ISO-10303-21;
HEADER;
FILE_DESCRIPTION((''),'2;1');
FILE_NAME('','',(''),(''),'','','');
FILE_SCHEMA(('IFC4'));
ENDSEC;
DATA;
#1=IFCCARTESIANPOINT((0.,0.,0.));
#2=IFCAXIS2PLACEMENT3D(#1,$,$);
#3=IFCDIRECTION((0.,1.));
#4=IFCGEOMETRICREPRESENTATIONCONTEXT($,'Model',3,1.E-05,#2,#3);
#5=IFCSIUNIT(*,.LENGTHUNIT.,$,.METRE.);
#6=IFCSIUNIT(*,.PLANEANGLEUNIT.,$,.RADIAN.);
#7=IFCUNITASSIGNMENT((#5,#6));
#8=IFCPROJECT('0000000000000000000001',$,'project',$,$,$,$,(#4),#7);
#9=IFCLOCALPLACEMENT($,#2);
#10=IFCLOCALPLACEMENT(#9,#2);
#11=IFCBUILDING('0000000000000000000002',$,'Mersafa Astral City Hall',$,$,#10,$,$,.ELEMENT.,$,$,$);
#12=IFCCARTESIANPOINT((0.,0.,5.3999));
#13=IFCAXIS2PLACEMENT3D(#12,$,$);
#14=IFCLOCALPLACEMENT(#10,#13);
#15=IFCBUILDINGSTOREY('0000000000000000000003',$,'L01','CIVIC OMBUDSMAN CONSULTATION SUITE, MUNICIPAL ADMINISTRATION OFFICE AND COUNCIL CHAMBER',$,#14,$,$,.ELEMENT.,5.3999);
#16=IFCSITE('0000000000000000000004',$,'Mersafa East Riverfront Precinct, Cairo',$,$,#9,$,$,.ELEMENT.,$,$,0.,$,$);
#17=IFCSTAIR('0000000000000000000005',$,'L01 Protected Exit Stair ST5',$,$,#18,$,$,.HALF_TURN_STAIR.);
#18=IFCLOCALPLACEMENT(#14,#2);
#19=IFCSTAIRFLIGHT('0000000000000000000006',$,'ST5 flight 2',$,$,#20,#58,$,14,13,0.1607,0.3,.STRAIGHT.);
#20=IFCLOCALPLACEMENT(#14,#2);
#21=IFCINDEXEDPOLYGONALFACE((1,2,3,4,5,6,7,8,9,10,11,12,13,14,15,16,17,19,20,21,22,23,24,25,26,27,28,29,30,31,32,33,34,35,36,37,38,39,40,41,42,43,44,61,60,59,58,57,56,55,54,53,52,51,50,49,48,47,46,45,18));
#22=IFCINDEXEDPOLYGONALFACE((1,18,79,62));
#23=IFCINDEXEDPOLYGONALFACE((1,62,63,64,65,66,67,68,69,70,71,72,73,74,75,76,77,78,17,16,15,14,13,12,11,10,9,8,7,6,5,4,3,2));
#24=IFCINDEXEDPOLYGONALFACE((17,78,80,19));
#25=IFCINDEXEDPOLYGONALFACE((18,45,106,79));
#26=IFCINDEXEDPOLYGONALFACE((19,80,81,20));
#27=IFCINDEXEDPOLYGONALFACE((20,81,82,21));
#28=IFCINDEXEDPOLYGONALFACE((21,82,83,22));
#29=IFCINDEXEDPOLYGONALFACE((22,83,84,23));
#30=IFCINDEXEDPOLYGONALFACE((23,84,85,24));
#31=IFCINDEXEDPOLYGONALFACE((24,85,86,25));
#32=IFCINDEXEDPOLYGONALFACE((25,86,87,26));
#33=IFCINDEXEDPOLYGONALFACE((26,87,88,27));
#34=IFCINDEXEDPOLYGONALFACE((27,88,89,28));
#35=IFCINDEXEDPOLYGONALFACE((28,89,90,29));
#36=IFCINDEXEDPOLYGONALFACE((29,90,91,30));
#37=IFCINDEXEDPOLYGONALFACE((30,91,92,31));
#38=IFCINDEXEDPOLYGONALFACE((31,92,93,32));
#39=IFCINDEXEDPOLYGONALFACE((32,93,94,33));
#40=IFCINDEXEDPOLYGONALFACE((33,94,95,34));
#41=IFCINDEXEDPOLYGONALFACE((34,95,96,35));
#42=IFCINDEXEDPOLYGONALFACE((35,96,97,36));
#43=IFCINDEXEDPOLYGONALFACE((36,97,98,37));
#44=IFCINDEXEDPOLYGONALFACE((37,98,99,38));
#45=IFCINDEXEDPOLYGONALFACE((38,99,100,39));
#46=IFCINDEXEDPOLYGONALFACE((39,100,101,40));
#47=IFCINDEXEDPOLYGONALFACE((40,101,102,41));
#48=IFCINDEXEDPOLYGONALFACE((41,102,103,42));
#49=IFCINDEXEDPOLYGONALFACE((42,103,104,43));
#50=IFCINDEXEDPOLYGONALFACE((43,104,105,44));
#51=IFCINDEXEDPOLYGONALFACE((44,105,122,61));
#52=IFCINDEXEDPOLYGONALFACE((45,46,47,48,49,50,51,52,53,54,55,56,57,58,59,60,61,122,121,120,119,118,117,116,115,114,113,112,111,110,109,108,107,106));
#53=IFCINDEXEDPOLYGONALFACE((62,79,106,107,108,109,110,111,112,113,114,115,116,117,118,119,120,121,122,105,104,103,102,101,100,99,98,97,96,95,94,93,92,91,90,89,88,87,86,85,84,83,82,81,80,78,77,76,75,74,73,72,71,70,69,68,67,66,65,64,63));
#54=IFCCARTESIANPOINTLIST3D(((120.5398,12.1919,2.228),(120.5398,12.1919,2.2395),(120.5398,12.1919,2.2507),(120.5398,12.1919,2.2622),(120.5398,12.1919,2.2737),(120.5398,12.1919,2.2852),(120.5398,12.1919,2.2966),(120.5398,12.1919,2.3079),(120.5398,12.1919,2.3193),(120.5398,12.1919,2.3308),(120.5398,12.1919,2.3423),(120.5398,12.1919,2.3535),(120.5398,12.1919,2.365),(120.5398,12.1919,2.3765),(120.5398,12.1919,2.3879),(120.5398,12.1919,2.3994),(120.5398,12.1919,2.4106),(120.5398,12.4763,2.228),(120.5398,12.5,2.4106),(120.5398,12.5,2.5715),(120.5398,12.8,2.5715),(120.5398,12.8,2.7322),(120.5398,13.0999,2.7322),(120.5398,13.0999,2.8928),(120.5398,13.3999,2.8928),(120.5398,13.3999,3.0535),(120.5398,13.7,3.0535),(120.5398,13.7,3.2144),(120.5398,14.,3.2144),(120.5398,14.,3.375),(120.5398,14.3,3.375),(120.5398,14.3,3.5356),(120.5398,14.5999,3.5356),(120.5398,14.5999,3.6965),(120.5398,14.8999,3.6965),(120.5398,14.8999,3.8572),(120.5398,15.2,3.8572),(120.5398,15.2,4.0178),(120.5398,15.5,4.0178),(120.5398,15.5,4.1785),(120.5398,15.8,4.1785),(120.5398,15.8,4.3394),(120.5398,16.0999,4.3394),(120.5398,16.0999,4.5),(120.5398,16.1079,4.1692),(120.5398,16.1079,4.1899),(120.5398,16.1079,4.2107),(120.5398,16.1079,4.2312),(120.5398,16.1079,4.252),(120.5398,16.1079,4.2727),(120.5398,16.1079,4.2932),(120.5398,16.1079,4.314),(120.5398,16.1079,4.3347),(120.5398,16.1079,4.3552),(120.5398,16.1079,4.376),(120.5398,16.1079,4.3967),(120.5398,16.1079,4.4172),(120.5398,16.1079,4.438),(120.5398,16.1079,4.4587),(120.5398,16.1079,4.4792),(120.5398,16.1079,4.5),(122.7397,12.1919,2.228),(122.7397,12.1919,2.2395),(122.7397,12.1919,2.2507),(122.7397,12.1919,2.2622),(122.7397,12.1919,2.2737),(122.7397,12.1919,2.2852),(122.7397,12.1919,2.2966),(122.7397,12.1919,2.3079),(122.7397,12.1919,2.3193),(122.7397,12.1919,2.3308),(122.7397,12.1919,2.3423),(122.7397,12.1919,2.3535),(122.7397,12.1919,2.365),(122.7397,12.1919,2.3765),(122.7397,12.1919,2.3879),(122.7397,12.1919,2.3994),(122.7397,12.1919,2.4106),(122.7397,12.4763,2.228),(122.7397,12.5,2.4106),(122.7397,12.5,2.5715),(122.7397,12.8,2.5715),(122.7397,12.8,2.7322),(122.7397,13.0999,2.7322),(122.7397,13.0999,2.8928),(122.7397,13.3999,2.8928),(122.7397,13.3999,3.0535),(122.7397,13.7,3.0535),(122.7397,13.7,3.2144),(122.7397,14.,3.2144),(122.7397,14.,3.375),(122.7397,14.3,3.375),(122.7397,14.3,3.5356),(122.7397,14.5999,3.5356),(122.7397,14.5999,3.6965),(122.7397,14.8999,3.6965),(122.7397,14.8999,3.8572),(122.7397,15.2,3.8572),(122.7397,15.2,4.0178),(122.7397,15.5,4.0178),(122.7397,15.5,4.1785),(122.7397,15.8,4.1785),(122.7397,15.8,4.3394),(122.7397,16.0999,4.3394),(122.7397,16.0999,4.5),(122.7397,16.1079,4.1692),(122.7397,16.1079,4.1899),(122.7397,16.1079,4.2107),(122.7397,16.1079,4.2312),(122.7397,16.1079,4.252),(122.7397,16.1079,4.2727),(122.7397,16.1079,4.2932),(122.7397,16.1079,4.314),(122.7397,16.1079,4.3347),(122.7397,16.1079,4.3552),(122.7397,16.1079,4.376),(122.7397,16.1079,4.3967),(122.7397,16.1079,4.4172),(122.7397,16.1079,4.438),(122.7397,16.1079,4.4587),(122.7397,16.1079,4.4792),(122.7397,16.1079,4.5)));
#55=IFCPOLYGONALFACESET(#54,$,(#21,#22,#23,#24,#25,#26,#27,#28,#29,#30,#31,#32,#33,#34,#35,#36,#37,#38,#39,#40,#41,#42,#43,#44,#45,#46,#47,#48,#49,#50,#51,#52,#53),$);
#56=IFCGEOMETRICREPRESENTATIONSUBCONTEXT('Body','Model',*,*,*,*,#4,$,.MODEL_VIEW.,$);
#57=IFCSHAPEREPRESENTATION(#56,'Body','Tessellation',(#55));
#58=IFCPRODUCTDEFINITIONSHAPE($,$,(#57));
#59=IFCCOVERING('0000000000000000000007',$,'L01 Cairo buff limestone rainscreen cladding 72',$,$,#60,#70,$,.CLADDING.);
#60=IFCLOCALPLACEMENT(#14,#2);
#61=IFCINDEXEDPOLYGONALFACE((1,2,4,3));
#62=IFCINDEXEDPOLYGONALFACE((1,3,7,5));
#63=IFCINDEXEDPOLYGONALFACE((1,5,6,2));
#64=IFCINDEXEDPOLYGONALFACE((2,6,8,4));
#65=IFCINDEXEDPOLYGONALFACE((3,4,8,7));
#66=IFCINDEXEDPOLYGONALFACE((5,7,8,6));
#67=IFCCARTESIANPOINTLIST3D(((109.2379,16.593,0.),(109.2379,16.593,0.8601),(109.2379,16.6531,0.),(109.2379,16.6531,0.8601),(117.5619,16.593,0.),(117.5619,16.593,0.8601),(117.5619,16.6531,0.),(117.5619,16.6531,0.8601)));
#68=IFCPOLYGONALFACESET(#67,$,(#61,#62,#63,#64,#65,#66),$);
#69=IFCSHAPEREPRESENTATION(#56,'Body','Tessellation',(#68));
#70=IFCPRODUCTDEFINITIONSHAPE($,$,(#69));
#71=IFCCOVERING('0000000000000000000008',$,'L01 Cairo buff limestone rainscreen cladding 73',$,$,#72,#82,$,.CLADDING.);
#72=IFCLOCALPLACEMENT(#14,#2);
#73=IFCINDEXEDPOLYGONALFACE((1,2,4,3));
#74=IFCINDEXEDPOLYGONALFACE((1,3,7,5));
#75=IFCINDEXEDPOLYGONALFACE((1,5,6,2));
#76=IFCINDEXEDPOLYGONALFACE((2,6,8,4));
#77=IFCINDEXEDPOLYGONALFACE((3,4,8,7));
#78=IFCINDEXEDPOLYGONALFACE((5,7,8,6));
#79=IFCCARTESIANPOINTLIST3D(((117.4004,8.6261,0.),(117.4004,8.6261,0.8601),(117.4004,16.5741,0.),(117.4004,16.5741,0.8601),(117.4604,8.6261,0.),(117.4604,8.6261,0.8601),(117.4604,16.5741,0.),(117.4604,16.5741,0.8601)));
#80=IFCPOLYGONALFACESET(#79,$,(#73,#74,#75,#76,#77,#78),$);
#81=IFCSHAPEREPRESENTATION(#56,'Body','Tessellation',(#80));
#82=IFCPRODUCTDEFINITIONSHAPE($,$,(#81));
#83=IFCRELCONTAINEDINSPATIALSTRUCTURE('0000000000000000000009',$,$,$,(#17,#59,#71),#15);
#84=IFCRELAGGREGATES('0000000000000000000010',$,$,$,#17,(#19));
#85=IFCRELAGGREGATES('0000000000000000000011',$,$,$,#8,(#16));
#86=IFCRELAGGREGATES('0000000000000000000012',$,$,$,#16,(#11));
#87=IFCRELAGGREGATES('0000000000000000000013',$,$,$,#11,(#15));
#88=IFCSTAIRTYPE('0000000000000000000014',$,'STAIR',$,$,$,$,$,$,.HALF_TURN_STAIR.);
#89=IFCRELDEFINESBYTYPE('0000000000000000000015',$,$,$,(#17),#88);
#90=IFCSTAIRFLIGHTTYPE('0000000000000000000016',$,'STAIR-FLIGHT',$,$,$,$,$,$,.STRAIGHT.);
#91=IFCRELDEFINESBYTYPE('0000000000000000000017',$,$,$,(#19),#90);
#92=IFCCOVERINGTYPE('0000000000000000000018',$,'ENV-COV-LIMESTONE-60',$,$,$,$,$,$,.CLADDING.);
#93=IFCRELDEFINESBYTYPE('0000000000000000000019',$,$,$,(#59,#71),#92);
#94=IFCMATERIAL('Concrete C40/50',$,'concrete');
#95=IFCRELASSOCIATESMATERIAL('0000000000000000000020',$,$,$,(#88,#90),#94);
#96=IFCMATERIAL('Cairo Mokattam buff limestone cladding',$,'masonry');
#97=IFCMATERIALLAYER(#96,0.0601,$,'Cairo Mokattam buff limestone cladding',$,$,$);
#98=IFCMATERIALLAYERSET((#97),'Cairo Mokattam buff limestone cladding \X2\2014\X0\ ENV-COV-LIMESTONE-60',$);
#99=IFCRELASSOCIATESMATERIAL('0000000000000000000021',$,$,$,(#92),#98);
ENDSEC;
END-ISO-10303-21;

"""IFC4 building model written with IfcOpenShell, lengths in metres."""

from ifc_helpers import new_model, si_unit, direction, frame, origin, origin_2d, place, context, subcontext, project, spatial, polyline, rectangle, outline, extrude, material, layer, layer_set, type_object, element, aggregate, save


model = new_model("IFC4")

# Units and contexts
model_context = context("Model", 3, precision=1e-05, world=origin(), true_north=direction((0.0, 1.0)))
body_context = subcontext(model_context, "Body", "Model", "MODEL_VIEW")
ifc_project = project(units=[si_unit("LENGTHUNIT", "METRE"), si_unit("PLANEANGLEUNIT", "RADIAN")], contexts=[model_context])

# Site, building, storey
site_placement = place(None, origin())
site = spatial("IfcSite", under=ifc_project, at=site_placement, Name="Mersafa East Riverfront Precinct, Cairo", CompositionType="ELEMENT", RefElevation=0.0)
building_placement = place(site_placement, origin())
building = spatial("IfcBuilding", under=site, at=building_placement, Name="Mersafa Astral City Hall", CompositionType="ELEMENT")
storey_placement = place(building_placement, frame((0.0, 0.0, 5.3999)))
storey = spatial("IfcBuildingStorey", under=building, at=storey_placement, Name="L01", Description="CIVIC OMBUDSMAN CONSULTATION SUITE, MUNICIPAL ADMINISTRATION OFFICE AND COUNCIL CHAMBER", CompositionType="ELEMENT", Elevation=5.3999)

# Shared definitions
ifc_material_1 = material(Name="Concrete C40/50", Category="concrete")

# Stair, stair flight
stair_type = type_object("IfcStairType", Name="STAIR", PredefinedType="HALF_TURN_STAIR", material=ifc_material_1)
stair_placement = place(storey_placement, origin())
stair = element("IfcStair", 1, at=stair_placement, inside=storey, type_object=stair_type, Name="L01 Protected Exit Stair ST5", PredefinedType="HALF_TURN_STAIR")
stair_flight_type = type_object("IfcStairFlightType", Name="STAIR-FLIGHT", PredefinedType="STRAIGHT", material=ifc_material_1)
stair_flight_1_placement = place(storey_placement, frame((121.6399, 12.2, 2.25), z_axis=(0.0, 0.0, 1.0), x_axis=(0.0, 1.0, 0.0)))
stair_flight_1 = element("IfcStairFlight", 2, at=stair_flight_1_placement, type_object=stair_flight_type, Name="ST5 flight 2", NumberOfRisers=14, NumberOfTreads=13, PredefinedType="STRAIGHT", RiserHeight=0.1607, TreadLength=0.3, context=body_context, shape_type="SweptSolid", body=[
    extrude(outline(polyline([(-0.0081, -0.022), (-0.0081, -0.0105), (-0.0081, 0.0007), (-0.0081, 0.0122), (-0.0081, 0.0237), (-0.0081, 0.0352), (-0.0081, 0.0466), (-0.0081, 0.0579), (-0.0081, 0.0693), (-0.0081, 0.0808), (-0.0081, 0.0923), (-0.0081, 0.1035), (-0.0081, 0.115), (-0.0081, 0.1265), (-0.0081, 0.1379), (-0.0081, 0.1494), (-0.0081, 0.1606), (0.3, 0.1606), (0.3, 0.3215), (0.6001, 0.3215), (0.6001, 0.4822), (0.8999, 0.4822), (0.8999, 0.6428), (1.2, 0.6428), (1.2, 0.8035), (1.5, 0.8035), (1.5, 0.9644), (1.8, 0.9644), (1.8, 1.125), (2.1001, 1.125), (2.1001, 1.2856), (2.3999, 1.2856), (2.3999, 1.4465), (2.7, 1.4465), (2.7, 1.6072), (3.0, 1.6072), (3.0, 1.7678), (3.3, 1.7678), (3.3, 1.9285), (3.6001, 1.9285), (3.6001, 2.0894), (3.8999, 2.0894), (3.8999, 2.25), (3.908, 2.25), (3.908, 2.2292), (3.908, 2.2087), (3.908, 2.188), (3.908, 2.1672), (3.908, 2.1467), (3.908, 2.126), (3.908, 2.1052), (3.908, 2.0847), (3.908, 2.064), (3.908, 2.0432), (3.908, 2.0227), (3.908, 2.002), (3.908, 1.9812), (3.908, 1.9607), (3.908, 1.9399), (3.908, 1.9192), (0.2764, -0.022), (-0.0081, -0.022)])), frame((0.0, 1.1001, 0.0), z_axis=(0.0, -1.0, 0.0), x_axis=(1.0, 0.0, 0.0)), (0.0, 0.0, 1.0), 2.2),
])
aggregate(stair, [stair_flight_1])

# Coverings
ifc_material_2 = material(Name="Cairo Mokattam buff limestone cladding", Category="masonry")
ifc_layer_1 = layer(ifc_material_2, 0.0601, Name="Cairo Mokattam buff limestone cladding")
ifc_layer_set_1 = layer_set([ifc_layer_1], Name="Cairo Mokattam buff limestone cladding — ENV-COV-LIMESTONE-60")
covering_type = type_object("IfcCoveringType", Name="ENV-COV-LIMESTONE-60", PredefinedType="CLADDING", material=ifc_layer_set_1)
covering_1_placement = place(storey_placement, frame((113.3999, 16.623, 0.0), z_axis=(0.0, 0.0, 1.0), x_axis=(1.0, 0.0, 0.0)))
element("IfcCovering", 3, at=covering_1_placement, inside=storey, type_object=covering_type, Name="L01 Cairo buff limestone rainscreen cladding 72", PredefinedType="CLADDING", context=body_context, shape_type="SweptSolid", body=[
    extrude(rectangle(XDim=8.324, YDim=0.0601, at=origin_2d()), origin(), (0.0, 0.0, 1.0), 0.8601),
])
covering_2_placement = place(storey_placement, frame((117.4304, 12.6001, 0.0), z_axis=(0.0, 0.0, 1.0), x_axis=(0.0, -1.0, 0.0)))
element("IfcCovering", 4, at=covering_2_placement, inside=storey, type_object=covering_type, Name="L01 Cairo buff limestone rainscreen cladding 73", PredefinedType="CLADDING", context=body_context, shape_type="SweptSolid", body=[
    extrude(rectangle(XDim=7.948, YDim=0.0601, at=origin_2d()), origin(), (0.0, 0.0, 1.0), 0.8601),
])

save(model, "model.ifc")
